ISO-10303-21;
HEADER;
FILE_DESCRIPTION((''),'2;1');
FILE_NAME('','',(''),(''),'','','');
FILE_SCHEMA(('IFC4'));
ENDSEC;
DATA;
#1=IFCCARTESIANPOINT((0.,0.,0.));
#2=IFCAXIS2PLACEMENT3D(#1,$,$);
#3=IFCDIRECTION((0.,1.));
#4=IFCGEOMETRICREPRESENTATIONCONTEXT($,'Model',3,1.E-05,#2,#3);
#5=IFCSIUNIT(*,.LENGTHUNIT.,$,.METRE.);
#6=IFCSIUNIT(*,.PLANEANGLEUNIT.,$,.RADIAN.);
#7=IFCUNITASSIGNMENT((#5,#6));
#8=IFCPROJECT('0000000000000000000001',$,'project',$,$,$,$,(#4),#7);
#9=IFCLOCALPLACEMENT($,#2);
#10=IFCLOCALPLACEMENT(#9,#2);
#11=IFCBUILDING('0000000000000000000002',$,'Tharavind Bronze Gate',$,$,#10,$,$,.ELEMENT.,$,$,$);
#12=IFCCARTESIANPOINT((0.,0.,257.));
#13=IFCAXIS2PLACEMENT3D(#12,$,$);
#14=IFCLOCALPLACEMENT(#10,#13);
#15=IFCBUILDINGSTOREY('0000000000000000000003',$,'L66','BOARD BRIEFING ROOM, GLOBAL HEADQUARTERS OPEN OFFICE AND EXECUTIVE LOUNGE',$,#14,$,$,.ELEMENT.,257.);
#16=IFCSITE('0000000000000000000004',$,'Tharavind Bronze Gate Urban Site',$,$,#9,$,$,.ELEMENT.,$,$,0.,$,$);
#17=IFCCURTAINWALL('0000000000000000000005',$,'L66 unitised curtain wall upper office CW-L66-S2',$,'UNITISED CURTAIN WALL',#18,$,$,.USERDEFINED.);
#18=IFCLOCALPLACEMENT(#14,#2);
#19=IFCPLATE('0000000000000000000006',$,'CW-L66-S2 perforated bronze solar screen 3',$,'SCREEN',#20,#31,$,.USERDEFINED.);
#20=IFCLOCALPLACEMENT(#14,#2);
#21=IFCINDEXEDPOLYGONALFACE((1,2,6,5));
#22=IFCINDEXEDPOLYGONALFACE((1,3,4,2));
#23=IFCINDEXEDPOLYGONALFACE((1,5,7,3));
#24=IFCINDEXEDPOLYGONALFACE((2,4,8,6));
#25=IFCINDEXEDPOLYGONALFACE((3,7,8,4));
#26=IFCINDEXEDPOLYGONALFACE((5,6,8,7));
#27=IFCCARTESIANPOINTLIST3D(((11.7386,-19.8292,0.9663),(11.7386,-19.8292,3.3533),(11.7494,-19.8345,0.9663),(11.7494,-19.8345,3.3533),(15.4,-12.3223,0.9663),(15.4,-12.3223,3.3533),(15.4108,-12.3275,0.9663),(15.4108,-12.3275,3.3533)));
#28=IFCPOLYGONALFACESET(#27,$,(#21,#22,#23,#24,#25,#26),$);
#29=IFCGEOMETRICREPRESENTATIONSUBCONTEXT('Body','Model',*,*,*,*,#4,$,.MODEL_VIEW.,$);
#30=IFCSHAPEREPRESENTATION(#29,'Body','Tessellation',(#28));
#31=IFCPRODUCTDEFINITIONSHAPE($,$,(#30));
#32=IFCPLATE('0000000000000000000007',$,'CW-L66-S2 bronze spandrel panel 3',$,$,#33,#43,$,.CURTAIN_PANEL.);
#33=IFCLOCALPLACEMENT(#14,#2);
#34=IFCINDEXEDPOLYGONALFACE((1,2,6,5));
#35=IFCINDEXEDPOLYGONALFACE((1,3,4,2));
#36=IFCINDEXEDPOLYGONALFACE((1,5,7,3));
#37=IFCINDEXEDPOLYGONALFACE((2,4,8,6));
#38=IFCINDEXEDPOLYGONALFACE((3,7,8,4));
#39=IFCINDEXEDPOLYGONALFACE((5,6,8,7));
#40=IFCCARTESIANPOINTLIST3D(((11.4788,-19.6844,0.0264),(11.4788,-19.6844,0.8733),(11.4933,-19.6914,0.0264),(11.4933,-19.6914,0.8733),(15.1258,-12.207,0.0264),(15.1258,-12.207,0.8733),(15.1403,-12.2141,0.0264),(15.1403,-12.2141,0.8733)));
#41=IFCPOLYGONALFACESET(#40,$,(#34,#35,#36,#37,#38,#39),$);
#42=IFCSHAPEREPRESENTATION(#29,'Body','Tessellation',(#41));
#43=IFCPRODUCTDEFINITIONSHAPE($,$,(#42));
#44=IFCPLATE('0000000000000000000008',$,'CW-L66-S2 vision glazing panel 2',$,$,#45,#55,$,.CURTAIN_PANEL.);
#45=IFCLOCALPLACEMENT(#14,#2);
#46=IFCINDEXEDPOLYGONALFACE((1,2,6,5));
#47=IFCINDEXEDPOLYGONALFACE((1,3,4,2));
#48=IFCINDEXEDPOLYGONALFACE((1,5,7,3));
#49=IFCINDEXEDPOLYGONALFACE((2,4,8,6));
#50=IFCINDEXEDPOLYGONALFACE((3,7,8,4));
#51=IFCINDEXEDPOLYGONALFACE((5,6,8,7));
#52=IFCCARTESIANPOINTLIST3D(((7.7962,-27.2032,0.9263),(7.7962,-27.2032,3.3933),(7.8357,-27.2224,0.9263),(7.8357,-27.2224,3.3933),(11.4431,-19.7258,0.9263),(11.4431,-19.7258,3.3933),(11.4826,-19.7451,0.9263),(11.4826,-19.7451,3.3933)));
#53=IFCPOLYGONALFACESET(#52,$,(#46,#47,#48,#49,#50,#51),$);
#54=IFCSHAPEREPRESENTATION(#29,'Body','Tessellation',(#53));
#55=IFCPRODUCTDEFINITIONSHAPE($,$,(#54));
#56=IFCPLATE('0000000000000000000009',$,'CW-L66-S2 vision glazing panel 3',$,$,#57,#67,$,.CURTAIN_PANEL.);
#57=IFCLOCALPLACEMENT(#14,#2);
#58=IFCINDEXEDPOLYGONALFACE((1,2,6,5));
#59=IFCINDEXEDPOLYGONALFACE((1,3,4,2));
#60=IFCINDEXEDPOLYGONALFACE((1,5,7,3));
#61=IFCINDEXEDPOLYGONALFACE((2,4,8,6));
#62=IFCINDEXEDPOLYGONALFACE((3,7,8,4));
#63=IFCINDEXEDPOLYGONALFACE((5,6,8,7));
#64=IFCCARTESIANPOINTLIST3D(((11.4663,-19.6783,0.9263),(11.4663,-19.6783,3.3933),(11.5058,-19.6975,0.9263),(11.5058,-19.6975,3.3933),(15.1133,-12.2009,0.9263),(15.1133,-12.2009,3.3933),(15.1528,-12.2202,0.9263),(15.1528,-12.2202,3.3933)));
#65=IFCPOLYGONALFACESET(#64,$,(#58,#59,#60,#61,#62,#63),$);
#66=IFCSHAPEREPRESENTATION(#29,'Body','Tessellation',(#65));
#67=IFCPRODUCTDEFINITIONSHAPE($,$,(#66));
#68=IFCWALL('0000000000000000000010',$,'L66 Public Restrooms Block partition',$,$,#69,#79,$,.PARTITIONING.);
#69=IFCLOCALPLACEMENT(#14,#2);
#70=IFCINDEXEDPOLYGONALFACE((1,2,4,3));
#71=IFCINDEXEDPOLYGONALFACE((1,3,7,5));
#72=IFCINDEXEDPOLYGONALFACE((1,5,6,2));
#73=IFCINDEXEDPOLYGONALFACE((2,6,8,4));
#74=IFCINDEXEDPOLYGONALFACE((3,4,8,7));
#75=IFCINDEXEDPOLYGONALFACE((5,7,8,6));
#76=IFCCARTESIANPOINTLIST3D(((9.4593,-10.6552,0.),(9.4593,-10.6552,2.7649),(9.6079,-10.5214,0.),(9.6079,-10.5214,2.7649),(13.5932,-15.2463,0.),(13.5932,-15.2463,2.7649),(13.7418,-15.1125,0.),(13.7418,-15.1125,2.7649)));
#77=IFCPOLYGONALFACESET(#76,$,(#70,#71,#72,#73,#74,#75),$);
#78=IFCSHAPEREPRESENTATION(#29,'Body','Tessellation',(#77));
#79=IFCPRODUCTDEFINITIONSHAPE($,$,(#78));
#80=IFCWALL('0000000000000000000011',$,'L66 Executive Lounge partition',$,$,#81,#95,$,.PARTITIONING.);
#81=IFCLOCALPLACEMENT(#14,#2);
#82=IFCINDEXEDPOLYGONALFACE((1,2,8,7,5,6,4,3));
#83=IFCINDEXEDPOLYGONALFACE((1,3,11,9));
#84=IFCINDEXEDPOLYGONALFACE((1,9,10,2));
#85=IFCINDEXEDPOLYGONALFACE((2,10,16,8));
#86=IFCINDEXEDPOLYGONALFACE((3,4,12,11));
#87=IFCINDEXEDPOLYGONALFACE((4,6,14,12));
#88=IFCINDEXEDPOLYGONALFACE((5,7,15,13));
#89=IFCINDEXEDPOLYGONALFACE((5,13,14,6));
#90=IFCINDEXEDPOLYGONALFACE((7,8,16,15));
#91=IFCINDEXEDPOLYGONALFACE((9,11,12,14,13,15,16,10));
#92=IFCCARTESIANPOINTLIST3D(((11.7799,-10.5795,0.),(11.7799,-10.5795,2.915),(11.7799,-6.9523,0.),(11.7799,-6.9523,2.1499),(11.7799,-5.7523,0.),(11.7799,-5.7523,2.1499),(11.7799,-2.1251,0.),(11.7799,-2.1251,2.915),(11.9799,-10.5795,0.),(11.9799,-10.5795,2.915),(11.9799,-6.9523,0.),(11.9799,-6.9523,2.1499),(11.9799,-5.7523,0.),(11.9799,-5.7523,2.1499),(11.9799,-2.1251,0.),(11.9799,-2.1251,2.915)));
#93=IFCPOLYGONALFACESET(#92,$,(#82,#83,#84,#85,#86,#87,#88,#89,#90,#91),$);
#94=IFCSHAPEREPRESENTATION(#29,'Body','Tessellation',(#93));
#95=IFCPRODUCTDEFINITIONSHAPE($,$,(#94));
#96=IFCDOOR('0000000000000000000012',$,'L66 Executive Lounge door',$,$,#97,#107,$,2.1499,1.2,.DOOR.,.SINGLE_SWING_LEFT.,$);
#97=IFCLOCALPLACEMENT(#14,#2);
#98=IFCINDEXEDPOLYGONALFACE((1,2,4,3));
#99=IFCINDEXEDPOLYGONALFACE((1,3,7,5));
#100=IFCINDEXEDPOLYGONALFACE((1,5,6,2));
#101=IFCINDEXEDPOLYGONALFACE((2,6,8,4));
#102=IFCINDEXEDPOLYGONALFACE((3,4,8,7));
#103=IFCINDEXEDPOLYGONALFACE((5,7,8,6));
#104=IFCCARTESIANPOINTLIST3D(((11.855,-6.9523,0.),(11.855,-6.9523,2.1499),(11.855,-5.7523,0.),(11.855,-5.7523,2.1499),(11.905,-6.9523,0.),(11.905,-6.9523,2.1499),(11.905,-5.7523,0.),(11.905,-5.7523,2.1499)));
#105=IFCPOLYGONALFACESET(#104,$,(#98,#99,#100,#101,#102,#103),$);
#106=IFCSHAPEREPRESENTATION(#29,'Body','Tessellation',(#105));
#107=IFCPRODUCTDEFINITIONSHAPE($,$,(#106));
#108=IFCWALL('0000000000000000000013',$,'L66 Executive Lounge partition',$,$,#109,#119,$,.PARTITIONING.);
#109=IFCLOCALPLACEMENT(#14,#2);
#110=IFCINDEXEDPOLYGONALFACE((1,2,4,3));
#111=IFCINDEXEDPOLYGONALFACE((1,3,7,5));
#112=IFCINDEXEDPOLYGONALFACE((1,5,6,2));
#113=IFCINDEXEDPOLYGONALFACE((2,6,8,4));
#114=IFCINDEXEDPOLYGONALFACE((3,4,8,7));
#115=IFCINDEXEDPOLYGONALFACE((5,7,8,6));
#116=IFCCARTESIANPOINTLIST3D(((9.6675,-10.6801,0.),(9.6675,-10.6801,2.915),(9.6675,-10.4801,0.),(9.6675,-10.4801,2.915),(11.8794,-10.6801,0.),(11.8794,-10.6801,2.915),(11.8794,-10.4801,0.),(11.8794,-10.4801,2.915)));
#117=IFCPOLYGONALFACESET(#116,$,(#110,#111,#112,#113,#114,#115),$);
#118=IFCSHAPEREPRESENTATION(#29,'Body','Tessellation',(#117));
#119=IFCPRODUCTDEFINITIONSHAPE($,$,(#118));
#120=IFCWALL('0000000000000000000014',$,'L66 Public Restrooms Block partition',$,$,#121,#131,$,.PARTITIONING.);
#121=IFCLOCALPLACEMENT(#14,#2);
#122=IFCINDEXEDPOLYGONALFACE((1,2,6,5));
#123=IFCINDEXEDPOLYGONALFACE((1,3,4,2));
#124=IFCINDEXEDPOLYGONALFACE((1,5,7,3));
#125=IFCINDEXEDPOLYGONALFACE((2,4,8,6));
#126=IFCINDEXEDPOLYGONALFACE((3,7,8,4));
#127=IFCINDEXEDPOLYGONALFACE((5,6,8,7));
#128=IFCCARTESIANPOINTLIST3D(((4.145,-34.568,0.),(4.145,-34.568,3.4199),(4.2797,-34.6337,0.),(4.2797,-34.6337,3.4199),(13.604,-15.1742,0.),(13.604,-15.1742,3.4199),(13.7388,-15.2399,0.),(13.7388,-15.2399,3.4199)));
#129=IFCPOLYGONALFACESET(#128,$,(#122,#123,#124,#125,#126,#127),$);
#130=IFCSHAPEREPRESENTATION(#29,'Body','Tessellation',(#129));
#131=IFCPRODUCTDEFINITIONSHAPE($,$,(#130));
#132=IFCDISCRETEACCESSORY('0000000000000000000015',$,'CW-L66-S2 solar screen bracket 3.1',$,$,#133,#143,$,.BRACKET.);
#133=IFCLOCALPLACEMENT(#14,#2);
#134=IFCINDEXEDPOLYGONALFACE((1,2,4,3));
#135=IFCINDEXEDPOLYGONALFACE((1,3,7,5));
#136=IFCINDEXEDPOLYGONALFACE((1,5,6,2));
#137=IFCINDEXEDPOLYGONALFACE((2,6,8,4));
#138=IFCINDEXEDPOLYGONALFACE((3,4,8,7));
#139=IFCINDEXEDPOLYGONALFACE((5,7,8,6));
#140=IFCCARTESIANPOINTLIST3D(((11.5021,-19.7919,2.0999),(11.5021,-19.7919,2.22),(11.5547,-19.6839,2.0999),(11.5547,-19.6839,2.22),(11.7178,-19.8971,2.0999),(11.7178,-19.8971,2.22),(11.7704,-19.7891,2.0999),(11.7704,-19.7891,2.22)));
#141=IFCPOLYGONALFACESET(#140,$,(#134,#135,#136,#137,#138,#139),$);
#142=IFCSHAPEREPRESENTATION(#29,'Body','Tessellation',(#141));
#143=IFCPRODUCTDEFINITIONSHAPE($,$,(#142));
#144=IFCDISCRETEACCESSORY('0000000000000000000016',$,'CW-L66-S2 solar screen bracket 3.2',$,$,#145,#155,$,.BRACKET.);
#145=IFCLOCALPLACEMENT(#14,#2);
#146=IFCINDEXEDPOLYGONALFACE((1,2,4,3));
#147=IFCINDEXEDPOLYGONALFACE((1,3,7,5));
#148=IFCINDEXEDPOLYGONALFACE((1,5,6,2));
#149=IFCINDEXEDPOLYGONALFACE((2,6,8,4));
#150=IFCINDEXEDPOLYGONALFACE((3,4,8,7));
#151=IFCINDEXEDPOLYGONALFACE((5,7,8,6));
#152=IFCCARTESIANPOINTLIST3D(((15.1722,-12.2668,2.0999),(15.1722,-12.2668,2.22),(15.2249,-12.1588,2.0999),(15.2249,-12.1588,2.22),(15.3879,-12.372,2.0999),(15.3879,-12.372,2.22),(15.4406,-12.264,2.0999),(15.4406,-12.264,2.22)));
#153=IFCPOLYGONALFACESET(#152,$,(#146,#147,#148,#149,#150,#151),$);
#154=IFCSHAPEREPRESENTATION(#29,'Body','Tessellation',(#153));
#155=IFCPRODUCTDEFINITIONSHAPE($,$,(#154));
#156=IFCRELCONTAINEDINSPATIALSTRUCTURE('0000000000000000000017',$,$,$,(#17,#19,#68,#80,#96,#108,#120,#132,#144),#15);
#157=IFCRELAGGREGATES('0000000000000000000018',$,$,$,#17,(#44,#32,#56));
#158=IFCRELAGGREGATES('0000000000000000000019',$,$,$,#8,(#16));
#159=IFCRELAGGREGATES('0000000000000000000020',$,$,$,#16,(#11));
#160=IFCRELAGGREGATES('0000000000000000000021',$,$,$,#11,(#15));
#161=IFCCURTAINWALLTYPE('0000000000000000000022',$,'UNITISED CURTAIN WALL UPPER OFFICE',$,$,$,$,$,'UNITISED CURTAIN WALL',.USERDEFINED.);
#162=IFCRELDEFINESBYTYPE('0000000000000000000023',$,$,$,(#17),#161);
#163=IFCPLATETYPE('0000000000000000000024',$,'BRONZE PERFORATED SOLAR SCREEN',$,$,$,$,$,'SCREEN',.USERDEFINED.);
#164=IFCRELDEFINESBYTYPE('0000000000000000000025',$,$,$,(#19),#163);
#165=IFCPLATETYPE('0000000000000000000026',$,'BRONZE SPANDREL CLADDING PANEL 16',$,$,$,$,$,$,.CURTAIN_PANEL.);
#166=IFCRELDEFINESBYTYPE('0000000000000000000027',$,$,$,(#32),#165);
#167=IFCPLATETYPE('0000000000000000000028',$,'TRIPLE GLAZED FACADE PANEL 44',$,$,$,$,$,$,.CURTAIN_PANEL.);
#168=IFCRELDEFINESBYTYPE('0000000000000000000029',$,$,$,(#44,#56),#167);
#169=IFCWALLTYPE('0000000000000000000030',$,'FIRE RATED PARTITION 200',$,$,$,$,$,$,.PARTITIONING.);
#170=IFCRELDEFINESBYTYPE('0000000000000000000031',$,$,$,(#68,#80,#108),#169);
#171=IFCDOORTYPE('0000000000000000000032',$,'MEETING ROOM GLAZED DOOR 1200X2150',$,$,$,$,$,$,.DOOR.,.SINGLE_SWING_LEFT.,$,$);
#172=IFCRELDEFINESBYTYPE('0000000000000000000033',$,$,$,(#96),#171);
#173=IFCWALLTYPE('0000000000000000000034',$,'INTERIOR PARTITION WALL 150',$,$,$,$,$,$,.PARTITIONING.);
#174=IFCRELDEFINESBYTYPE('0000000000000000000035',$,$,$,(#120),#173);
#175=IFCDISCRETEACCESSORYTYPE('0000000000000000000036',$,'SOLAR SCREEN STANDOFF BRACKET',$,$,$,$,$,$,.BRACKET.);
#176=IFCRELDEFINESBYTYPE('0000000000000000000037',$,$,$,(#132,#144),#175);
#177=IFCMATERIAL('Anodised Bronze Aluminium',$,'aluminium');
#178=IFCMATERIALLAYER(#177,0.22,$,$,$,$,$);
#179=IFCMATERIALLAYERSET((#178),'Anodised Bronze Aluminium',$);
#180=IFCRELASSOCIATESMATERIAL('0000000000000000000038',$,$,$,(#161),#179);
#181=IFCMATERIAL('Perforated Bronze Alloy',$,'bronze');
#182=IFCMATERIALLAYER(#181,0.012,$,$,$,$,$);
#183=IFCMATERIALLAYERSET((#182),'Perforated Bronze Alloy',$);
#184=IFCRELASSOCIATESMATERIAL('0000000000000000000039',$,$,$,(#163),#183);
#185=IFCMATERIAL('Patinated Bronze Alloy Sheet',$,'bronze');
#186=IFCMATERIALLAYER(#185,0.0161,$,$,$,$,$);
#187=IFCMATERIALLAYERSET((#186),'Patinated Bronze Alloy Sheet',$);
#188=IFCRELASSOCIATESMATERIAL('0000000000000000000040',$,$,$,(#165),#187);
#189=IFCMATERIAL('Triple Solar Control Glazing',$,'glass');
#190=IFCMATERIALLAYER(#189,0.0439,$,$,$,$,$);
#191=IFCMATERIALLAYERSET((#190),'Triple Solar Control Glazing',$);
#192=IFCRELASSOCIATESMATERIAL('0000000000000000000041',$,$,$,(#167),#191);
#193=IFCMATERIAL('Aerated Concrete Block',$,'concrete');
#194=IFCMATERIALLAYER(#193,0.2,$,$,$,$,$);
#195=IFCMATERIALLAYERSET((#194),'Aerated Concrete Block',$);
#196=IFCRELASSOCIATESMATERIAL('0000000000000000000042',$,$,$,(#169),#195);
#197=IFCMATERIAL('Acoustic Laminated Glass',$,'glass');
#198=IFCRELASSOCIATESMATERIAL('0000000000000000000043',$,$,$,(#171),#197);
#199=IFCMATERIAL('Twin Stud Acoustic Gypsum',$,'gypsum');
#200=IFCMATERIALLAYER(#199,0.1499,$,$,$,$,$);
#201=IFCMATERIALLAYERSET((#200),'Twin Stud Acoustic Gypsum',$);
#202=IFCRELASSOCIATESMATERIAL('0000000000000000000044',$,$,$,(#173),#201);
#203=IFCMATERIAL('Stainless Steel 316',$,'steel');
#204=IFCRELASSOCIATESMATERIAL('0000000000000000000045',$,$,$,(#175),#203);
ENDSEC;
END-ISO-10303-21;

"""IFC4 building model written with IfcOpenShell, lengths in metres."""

from ifc_helpers import new_model, si_unit, direction, frame, frame_2d, origin, origin_2d, place, context, subcontext, project, spatial, rectangle, extrude, material, layer, layer_set, type_object, element, fill, aggregate, save


model = new_model("IFC4")

# Units and contexts
model_context = context("Model", 3, precision=1e-05, world=origin(), true_north=direction((0.0, 1.0)))
body_context = subcontext(model_context, "Body", "Model", "MODEL_VIEW")
ifc_project = project(units=[si_unit("LENGTHUNIT", "METRE"), si_unit("PLANEANGLEUNIT", "RADIAN")], contexts=[model_context])

# Site, building, storey
site_placement = place(None, origin())
site = spatial("IfcSite", under=ifc_project, at=site_placement, Name="Tharavind Bronze Gate Urban Site", CompositionType="ELEMENT", RefElevation=0.0)
building_placement = place(site_placement, origin())
building = spatial("IfcBuilding", under=site, at=building_placement, Name="Tharavind Bronze Gate", CompositionType="ELEMENT")
storey_placement = place(building_placement, frame((0.0, 0.0, 257.0)))
storey = spatial("IfcBuildingStorey", under=building, at=storey_placement, Name="L66", Description="BOARD BRIEFING ROOM, GLOBAL HEADQUARTERS OPEN OFFICE AND EXECUTIVE LOUNGE", CompositionType="ELEMENT", Elevation=257.0)

# Curtain wall
ifc_material_1 = material(Name="Anodised Bronze Aluminium", Category="aluminium")
ifc_layer_1 = layer(ifc_material_1, 0.22)
ifc_layer_set_1 = layer_set([ifc_layer_1], Name="Anodised Bronze Aluminium")
curtain_wall_type = type_object("IfcCurtainWallType", Name="UNITISED CURTAIN WALL UPPER OFFICE", ElementType="UNITISED CURTAIN WALL", PredefinedType="USERDEFINED", material=ifc_layer_set_1)
curtain_wall_placement = place(storey_placement, origin())
curtain_wall = element("IfcCurtainWall", 1, at=curtain_wall_placement, inside=storey, type_object=curtain_wall_type, Name="L66 unitised curtain wall upper office CW-L66-S2", ObjectType="UNITISED CURTAIN WALL", PredefinedType="USERDEFINED")

# Plates
ifc_material_2 = material(Name="Perforated Bronze Alloy", Category="bronze")
ifc_layer_2 = layer(ifc_material_2, 0.012)
ifc_layer_set_2 = layer_set([ifc_layer_2], Name="Perforated Bronze Alloy")
plate_type_1 = type_object("IfcPlateType", Name="BRONZE PERFORATED SOLAR SCREEN", ElementType="SCREEN", PredefinedType="USERDEFINED", material=ifc_layer_set_2)
plate_1_placement = place(storey_placement, frame((13.5747, -16.0784, 0.9663), z_axis=(0.0, 0.0, 1.0), x_axis=(0.438373, 0.898793, 0.0)))
element("IfcPlate", 2, at=plate_1_placement, inside=storey, type_object=plate_type_1, Name="CW-L66-S2 perforated bronze solar screen 3", ObjectType="SCREEN", PredefinedType="USERDEFINED", context=body_context, shape_type="SweptSolid", body=[
    extrude(rectangle(XDim=8.3523, YDim=0.012, at=origin_2d()), origin(), (0.0, 0.0, 1.0), 2.387),
])
ifc_material_3 = material(Name="Patinated Bronze Alloy Sheet", Category="bronze")
ifc_layer_3 = layer(ifc_material_3, 0.0161)
ifc_layer_set_3 = layer_set([ifc_layer_3], Name="Patinated Bronze Alloy Sheet")
plate_type_2 = type_object("IfcPlateType", Name="BRONZE SPANDREL CLADDING PANEL 16", PredefinedType="CURTAIN_PANEL", material=ifc_layer_set_3)
plate_2_placement = place(storey_placement, frame((13.3096, -15.9492, 0.0264), z_axis=(0.0, 0.0, 1.0), x_axis=(0.438373, 0.898793, 0.0)))
plate_2 = element("IfcPlate", 3, at=plate_2_placement, type_object=plate_type_2, Name="CW-L66-S2 bronze spandrel panel 3", PredefinedType="CURTAIN_PANEL", context=body_context, shape_type="SweptSolid", body=[
    extrude(rectangle(XDim=8.3193, YDim=0.0161, at=origin_2d()), origin(), (0.0, 0.0, 1.0), 0.8469),
])
ifc_material_4 = material(Name="Triple Solar Control Glazing", Category="glass")
ifc_layer_4 = layer(ifc_material_4, 0.0439)
ifc_layer_set_4 = layer_set([ifc_layer_4], Name="Triple Solar Control Glazing")
plate_type_3 = type_object("IfcPlateType", Name="TRIPLE GLAZED FACADE PANEL 44", PredefinedType="CURTAIN_PANEL", material=ifc_layer_set_4)
plate_3_placement = place(storey_placement, frame((9.6394, -23.4741, 0.9263), z_axis=(0.0, 0.0, 1.0), x_axis=(0.438373, 0.898793, 0.0)))
plate_3 = element("IfcPlate", 4, at=plate_3_placement, type_object=plate_type_3, Name="CW-L66-S2 vision glazing panel 2", PredefinedType="CURTAIN_PANEL", context=body_context, shape_type="SweptSolid", body=[
    extrude(rectangle(XDim=8.3193, YDim=0.0439, at=origin_2d()), origin(), (0.0, 0.0, 1.0), 2.467),
])
plate_4_placement = place(storey_placement, frame((13.3096, -15.9492, 0.9263), z_axis=(0.0, 0.0, 1.0), x_axis=(0.438373, 0.898793, 0.0)))
plate_4 = element("IfcPlate", 5, at=plate_4_placement, type_object=plate_type_3, Name="CW-L66-S2 vision glazing panel 3", PredefinedType="CURTAIN_PANEL", context=body_context, shape_type="SweptSolid", body=[
    extrude(rectangle(XDim=8.3193, YDim=0.0439, at=origin_2d()), origin(), (0.0, 0.0, 1.0), 2.467),
])
aggregate(curtain_wall, [plate_3, plate_2, plate_4])

# Wall
ifc_material_5 = material(Name="Aerated Concrete Block", Category="concrete")
ifc_layer_5 = layer(ifc_material_5, 0.2)
ifc_layer_set_5 = layer_set([ifc_layer_5], Name="Aerated Concrete Block")
wall_type_1 = type_object("IfcWallType", Name="FIRE RATED PARTITION 200", PredefinedType="PARTITIONING", material=ifc_layer_set_5)
wall_1_placement = place(storey_placement, frame((9.5337, -10.5884, 0.0), z_axis=(0.0, 0.0, 1.0), x_axis=(0.669128, -0.743147, 0.0)))
element("IfcWall", 6, at=wall_1_placement, inside=storey, type_object=wall_type_1, Name="L66 Public Restrooms Block partition", PredefinedType="PARTITIONING", context=body_context, shape_type="SweptSolid", body=[
    extrude(rectangle(XDim=6.178, YDim=0.2, at=frame_2d((3.0889, 0.0))), origin(), (0.0, 0.0, 1.0), 2.7649),
])

# Wall, opening, door
wall_2_placement = place(storey_placement, frame((11.8799, -10.5793, 0.0), z_axis=(0.0, 0.0, 1.0), x_axis=(0.0, 1.0, 0.0)))
wall_2 = element("IfcWall", 7, at=wall_2_placement, inside=storey, type_object=wall_type_1, Name="L66 Executive Lounge partition", PredefinedType="PARTITIONING", context=body_context, shape_type="SweptSolid", body=[
    extrude(rectangle(XDim=8.4543, YDim=0.2, at=frame_2d((4.2271, 0.0))), origin(), (0.0, 0.0, 1.0), 2.915),
])
opening_placement = place(wall_2_placement, frame((3.627, 0.0, 0.0)))
opening = element("IfcOpeningElement", 8, at=opening_placement, cuts=wall_2, PredefinedType="OPENING", context=body_context, shape_type="SweptSolid", body=[
    extrude(rectangle(XDim=1.2, YDim=2.1499, at=frame_2d((0.6001, 1.075))), frame((0.0, 0.1101, 0.0), z_axis=(0.0, -1.0, 0.0), x_axis=(1.0, 0.0, 0.0)), (0.0, 0.0, 1.0), 0.22),
])
ifc_material_6 = material(Name="Acoustic Laminated Glass", Category="glass")
door_type = type_object("IfcDoorType", Name="MEETING ROOM GLAZED DOOR 1200X2150", OperationType="SINGLE_SWING_LEFT", PredefinedType="DOOR", material=ifc_material_6)
door_placement = place(opening_placement, origin())
door = element("IfcDoor", 9, at=door_placement, inside=storey, type_object=door_type, Name="L66 Executive Lounge door", OperationType="SINGLE_SWING_LEFT", OverallHeight=2.1499, OverallWidth=1.2, PredefinedType="DOOR", context=body_context, shape_type="SweptSolid", body=[
    extrude(rectangle(XDim=1.2, YDim=2.1499, at=frame_2d((0.6001, 1.075))), frame((0.0, 0.0249, 0.0), z_axis=(0.0, -1.0, 0.0), x_axis=(1.0, 0.0, 0.0)), (0.0, 0.0, 1.0), 0.05),
])
fill(opening, door)

# Walls
wall_3_placement = place(storey_placement, frame((9.6675, -10.5801, 0.0), z_axis=(0.0, 0.0, 1.0), x_axis=(1.0, 0.0, 0.0)))
element("IfcWall", 10, at=wall_3_placement, inside=storey, type_object=wall_type_1, Name="L66 Executive Lounge partition", PredefinedType="PARTITIONING", context=body_context, shape_type="SweptSolid", body=[
    extrude(rectangle(XDim=2.2119, YDim=0.2, at=frame_2d((1.106, 0.0))), origin(), (0.0, 0.0, 1.0), 2.915),
])
ifc_material_7 = material(Name="Twin Stud Acoustic Gypsum", Category="gypsum")
ifc_layer_6 = layer(ifc_material_7, 0.1499)
ifc_layer_set_6 = layer_set([ifc_layer_6], Name="Twin Stud Acoustic Gypsum")
wall_type_2 = type_object("IfcWallType", Name="INTERIOR PARTITION WALL 150", PredefinedType="PARTITIONING", material=ifc_layer_set_6)
wall_4_placement = place(storey_placement, frame((13.6714, -15.207, 0.0), z_axis=(0.0, 0.0, 1.0), x_axis=(-0.438371, -0.898794, 0.0)))
element("IfcWall", 11, at=wall_4_placement, inside=storey, type_object=wall_type_2, Name="L66 Public Restrooms Block partition", PredefinedType="PARTITIONING", context=body_context, shape_type="SweptSolid", body=[
    extrude(rectangle(XDim=21.5776, YDim=0.1499, at=frame_2d((10.7888, 0.0))), origin(), (0.0, 0.0, 1.0), 3.4199),
])

# Discrete accessories
ifc_material_8 = material(Name="Stainless Steel 316", Category="steel")
discrete_accessory_type = type_object("IfcDiscreteAccessoryType", Name="SOLAR SCREEN STANDOFF BRACKET", PredefinedType="BRACKET", material=ifc_material_8)
for number, where, z_axis, x_axis, name in (
    (12, (11.6362, -19.7905, 2.0999), (0.0, 0.0, 1.0), (0.438373, 0.898793, 0.0), "CW-L66-S2 solar screen bracket 3.1"),
    (13, (15.3064, -12.2654, 2.0999), (0.0, 0.0, 1.0), (0.438373, 0.898793, 0.0), "CW-L66-S2 solar screen bracket 3.2"),
):
    element("IfcDiscreteAccessory", number, at=place(storey_placement, frame(where, z_axis=z_axis, x_axis=x_axis)), inside=storey, type_object=discrete_accessory_type, Name=name, PredefinedType="BRACKET", context=body_context, shape_type="SweptSolid", body=[
        extrude(rectangle(XDim=0.1201, YDim=0.24, at=origin_2d()), origin(), (0.0, 0.0, 1.0), 0.1201),
    ])

save(model, "model.ifc")
